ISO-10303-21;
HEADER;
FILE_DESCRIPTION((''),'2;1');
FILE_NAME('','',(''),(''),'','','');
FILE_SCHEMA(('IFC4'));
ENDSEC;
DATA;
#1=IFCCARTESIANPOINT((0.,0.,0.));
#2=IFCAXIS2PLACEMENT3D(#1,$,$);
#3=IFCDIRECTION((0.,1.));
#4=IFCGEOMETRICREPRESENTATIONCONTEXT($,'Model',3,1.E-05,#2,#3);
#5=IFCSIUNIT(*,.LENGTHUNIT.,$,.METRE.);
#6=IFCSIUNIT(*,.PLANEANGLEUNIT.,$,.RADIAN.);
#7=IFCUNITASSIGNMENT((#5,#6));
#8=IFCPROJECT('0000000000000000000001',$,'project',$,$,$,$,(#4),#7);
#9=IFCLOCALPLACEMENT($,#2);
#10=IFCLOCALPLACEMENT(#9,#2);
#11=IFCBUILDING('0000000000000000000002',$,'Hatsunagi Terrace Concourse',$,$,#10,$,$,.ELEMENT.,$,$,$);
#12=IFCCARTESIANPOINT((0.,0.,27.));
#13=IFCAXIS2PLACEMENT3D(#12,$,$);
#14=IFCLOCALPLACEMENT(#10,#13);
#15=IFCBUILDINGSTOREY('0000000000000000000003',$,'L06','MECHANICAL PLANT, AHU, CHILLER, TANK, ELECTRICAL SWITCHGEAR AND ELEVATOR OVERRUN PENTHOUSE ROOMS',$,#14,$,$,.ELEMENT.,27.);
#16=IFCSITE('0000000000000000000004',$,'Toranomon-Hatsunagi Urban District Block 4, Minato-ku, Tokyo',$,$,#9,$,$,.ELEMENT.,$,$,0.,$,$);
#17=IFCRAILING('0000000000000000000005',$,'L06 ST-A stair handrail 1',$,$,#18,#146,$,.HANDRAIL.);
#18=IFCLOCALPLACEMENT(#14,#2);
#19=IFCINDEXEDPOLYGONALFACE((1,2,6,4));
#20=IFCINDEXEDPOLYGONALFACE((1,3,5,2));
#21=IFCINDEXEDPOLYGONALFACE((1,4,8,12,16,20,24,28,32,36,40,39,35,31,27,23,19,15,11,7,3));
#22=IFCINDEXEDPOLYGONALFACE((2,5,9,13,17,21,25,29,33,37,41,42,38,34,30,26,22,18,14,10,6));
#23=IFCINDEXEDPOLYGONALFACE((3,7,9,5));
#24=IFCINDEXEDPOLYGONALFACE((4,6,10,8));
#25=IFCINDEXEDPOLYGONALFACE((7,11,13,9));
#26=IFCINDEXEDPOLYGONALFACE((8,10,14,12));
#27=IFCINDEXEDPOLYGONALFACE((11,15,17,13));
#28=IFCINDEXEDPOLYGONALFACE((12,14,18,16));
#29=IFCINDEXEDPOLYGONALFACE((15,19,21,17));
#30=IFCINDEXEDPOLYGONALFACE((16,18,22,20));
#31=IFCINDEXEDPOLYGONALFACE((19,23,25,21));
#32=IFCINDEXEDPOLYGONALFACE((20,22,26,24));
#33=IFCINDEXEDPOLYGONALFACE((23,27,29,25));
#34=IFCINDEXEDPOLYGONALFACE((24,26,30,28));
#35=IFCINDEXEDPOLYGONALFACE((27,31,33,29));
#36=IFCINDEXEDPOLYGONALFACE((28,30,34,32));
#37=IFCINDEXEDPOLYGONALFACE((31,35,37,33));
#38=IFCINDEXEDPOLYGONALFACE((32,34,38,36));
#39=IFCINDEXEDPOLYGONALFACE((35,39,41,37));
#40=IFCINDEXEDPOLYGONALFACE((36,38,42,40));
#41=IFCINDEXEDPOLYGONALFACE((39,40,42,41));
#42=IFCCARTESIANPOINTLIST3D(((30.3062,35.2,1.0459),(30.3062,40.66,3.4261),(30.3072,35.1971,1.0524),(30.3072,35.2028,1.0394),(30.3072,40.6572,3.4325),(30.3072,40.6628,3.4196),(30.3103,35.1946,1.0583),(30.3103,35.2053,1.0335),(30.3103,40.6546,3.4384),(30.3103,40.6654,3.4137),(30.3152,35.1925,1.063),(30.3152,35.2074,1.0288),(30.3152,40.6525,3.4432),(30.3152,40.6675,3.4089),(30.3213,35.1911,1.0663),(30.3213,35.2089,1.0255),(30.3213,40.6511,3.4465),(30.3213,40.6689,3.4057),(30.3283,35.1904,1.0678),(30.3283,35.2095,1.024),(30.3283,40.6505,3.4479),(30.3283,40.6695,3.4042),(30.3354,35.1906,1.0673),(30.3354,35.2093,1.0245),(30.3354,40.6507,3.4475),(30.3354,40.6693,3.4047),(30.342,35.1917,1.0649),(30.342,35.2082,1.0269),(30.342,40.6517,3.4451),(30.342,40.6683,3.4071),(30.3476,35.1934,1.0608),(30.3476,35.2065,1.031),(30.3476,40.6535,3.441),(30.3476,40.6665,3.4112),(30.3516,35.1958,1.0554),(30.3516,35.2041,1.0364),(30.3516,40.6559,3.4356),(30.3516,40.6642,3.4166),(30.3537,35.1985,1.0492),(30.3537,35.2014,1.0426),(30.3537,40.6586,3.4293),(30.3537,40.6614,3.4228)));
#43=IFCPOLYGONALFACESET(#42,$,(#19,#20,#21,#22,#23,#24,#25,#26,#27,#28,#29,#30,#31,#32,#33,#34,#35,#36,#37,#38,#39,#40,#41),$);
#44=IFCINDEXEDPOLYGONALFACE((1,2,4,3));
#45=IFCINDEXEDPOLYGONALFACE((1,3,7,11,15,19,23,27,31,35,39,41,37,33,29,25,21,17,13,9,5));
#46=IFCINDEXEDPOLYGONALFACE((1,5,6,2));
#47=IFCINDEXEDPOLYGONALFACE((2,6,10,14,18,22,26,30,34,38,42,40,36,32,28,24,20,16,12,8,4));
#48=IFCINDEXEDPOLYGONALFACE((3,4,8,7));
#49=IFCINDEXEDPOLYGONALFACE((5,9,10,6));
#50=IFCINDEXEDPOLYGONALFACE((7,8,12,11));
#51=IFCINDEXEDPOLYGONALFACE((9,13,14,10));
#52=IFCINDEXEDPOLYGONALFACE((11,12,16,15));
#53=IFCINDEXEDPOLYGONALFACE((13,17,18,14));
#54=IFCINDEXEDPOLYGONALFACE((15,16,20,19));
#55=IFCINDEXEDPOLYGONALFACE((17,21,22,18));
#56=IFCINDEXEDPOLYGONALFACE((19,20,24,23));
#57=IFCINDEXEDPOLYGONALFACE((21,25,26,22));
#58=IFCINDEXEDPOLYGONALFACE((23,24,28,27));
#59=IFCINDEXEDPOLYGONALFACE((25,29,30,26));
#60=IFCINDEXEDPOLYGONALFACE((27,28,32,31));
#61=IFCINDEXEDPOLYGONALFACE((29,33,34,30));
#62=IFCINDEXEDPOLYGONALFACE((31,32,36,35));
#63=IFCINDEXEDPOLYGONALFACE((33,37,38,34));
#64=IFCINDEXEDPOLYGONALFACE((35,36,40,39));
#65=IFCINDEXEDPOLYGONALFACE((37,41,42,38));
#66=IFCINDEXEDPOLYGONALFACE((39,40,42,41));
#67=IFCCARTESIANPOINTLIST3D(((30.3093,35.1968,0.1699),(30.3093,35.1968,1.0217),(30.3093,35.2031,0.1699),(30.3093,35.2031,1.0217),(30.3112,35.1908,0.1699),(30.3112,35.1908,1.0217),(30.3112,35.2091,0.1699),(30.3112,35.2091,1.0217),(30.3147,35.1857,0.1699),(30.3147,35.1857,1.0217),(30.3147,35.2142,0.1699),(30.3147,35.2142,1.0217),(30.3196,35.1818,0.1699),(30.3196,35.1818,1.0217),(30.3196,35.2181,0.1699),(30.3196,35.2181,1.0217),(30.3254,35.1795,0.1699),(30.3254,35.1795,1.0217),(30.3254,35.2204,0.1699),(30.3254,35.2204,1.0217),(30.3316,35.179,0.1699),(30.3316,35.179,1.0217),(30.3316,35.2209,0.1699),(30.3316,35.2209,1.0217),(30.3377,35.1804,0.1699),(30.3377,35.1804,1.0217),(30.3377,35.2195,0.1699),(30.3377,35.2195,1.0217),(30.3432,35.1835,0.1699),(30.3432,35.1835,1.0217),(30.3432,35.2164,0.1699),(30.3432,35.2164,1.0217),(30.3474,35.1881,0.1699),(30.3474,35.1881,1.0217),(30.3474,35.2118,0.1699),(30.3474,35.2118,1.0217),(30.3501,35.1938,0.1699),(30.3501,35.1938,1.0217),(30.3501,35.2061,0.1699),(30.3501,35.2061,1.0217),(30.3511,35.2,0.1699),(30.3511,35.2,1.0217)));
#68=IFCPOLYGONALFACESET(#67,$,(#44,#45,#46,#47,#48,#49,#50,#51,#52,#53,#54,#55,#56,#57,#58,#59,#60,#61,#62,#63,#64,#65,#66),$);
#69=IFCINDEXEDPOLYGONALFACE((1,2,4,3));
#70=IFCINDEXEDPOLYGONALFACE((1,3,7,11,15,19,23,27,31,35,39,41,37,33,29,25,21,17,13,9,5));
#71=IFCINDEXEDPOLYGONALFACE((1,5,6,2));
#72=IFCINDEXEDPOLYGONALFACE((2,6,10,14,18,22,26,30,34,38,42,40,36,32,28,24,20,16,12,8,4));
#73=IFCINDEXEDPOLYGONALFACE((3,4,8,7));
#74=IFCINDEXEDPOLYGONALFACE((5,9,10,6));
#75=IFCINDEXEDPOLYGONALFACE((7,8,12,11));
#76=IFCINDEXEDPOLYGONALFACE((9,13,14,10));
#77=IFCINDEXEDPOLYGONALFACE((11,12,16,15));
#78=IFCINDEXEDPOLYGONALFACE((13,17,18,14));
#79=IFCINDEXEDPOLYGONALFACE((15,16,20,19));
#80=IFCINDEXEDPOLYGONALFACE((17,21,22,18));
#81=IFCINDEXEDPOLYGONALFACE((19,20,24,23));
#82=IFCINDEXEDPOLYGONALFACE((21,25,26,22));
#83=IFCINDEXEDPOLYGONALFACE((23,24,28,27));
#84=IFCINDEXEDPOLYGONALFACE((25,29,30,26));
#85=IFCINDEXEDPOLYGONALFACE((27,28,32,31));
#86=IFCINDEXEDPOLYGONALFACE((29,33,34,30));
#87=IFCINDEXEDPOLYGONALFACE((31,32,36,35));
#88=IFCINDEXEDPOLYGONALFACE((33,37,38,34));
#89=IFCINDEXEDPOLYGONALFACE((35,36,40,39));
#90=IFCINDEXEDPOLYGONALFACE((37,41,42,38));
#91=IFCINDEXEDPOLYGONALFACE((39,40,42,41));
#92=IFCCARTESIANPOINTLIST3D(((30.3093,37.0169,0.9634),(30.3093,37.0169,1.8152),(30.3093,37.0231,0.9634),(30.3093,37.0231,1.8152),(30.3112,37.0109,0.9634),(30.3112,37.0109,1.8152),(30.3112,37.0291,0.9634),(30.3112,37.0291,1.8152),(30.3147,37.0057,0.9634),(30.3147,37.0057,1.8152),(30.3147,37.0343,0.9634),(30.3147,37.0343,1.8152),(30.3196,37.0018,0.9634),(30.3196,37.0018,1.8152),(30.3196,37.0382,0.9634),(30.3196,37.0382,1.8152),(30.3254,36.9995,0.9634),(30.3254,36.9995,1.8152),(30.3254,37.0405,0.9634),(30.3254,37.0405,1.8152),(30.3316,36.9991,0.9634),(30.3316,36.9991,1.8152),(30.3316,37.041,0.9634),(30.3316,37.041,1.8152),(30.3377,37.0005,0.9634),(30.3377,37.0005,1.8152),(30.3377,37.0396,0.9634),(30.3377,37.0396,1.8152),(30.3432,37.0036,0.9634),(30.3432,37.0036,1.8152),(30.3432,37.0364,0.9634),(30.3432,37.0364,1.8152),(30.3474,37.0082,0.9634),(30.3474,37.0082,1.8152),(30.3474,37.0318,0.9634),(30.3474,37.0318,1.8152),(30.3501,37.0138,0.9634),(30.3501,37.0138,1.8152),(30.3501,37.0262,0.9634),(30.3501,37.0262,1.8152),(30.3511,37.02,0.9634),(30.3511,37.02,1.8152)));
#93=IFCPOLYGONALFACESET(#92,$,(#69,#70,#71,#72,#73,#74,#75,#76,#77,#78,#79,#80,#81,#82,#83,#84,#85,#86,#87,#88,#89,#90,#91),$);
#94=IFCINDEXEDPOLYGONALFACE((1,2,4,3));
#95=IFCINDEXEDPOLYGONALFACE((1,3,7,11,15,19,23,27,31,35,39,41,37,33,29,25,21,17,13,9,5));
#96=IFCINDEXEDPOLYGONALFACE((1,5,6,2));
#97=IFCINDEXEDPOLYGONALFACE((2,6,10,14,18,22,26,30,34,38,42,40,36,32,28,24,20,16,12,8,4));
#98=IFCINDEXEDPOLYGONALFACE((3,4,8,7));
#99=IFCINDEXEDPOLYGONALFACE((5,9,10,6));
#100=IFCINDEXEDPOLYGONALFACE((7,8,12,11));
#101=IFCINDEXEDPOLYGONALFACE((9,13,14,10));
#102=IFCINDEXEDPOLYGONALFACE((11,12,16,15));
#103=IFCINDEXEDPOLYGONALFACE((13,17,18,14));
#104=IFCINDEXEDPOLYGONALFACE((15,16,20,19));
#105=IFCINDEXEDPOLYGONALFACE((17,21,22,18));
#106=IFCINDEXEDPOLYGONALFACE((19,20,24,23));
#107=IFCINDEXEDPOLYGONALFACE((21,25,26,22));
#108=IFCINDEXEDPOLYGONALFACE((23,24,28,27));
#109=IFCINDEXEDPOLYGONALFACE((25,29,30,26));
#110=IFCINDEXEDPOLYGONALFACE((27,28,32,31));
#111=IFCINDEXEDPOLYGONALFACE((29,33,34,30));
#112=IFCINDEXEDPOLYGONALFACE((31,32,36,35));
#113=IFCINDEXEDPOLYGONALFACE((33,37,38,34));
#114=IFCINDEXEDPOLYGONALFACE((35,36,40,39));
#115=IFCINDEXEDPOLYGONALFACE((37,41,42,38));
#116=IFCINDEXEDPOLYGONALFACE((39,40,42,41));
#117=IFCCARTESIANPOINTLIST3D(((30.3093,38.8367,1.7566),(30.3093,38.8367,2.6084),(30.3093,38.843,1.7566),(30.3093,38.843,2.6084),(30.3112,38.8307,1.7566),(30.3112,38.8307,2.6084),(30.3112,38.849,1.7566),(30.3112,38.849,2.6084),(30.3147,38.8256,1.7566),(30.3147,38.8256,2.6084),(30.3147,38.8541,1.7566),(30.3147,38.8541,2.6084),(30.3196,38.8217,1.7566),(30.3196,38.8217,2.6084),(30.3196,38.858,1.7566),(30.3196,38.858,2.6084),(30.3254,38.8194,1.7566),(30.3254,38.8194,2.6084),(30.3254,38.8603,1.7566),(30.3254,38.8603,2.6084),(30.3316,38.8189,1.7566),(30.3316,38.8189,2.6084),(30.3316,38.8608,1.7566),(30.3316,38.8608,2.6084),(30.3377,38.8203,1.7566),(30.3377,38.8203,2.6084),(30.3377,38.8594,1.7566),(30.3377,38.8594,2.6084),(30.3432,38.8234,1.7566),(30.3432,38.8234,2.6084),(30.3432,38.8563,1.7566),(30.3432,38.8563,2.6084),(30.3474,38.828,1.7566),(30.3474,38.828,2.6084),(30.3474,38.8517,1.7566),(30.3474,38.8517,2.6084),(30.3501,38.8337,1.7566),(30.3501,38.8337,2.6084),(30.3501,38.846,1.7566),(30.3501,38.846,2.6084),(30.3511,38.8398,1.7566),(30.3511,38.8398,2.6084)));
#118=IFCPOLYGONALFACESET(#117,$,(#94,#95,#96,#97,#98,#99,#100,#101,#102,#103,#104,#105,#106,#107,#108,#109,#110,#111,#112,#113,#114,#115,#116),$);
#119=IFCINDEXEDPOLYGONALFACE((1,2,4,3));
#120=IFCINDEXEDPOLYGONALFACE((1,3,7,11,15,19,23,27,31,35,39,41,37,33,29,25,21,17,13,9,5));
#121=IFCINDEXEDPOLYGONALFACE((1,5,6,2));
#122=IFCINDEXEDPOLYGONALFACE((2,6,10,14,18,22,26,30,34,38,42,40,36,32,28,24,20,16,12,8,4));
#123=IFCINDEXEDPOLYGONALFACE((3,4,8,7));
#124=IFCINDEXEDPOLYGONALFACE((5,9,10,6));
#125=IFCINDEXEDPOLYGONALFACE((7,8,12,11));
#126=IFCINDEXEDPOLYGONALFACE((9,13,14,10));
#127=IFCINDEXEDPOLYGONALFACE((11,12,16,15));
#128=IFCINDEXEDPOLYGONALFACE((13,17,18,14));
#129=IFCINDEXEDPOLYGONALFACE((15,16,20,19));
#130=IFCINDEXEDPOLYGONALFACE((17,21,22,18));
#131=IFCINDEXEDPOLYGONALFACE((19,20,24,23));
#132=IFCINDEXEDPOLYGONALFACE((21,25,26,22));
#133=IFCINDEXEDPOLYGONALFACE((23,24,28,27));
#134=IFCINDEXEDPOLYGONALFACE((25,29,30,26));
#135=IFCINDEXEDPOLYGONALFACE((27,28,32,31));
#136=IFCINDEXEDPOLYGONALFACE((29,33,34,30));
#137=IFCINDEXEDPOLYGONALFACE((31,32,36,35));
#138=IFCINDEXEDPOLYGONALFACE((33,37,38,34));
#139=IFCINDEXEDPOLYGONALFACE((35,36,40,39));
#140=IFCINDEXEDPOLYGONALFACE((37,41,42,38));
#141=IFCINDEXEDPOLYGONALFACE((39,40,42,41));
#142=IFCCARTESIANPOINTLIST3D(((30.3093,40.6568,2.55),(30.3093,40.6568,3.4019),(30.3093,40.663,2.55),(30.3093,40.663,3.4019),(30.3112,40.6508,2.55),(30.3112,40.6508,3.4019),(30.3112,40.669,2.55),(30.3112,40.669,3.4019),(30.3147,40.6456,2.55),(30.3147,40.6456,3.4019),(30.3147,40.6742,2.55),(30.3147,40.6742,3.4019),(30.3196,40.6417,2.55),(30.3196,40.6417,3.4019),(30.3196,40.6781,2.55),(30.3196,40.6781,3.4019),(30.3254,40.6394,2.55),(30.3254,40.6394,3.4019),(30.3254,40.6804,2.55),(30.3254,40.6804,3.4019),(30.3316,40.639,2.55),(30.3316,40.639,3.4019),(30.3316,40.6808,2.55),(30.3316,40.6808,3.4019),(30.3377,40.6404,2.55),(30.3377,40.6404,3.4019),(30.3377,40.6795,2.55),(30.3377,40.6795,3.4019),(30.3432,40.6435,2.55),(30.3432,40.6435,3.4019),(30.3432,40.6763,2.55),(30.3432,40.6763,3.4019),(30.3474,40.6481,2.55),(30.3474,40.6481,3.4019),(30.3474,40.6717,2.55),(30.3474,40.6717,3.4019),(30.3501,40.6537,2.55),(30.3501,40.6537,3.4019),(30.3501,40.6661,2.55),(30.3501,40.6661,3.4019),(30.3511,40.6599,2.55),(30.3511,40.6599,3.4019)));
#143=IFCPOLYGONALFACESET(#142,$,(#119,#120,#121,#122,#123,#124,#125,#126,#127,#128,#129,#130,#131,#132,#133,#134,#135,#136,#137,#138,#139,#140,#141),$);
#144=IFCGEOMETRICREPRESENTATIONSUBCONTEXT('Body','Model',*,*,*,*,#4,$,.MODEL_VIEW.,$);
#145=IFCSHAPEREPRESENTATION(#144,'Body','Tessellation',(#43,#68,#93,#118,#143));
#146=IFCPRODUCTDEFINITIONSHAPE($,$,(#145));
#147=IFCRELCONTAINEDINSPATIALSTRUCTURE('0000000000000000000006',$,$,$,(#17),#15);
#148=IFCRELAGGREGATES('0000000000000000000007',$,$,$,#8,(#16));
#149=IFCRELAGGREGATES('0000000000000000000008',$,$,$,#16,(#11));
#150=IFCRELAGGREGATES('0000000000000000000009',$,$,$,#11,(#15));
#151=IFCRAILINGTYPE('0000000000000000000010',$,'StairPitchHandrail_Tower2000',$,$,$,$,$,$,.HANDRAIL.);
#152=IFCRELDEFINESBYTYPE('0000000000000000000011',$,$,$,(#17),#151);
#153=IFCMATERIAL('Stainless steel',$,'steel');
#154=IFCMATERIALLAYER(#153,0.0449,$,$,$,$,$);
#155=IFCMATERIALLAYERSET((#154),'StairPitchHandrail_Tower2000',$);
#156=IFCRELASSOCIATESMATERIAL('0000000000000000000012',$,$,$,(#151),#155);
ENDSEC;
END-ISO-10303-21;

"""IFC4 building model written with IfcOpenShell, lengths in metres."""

from ifc_helpers import new_model, si_unit, direction, frame, origin, origin_2d, place, context, subcontext, project, spatial, circle, extrude, material, layer, layer_set, type_object, element, save


model = new_model("IFC4")

# Units and contexts
model_context = context("Model", 3, precision=1e-05, world=origin(), true_north=direction((0.0, 1.0)))
body_context = subcontext(model_context, "Body", "Model", "MODEL_VIEW")
ifc_project = project(units=[si_unit("LENGTHUNIT", "METRE"), si_unit("PLANEANGLEUNIT", "RADIAN")], contexts=[model_context])

# Site, building, storey
site_placement = place(None, origin())
site = spatial("IfcSite", under=ifc_project, at=site_placement, Name="Toranomon-Hatsunagi Urban District Block 4, Minato-ku, Tokyo", CompositionType="ELEMENT", RefElevation=0.0)
building_placement = place(site_placement, origin())
building = spatial("IfcBuilding", under=site, at=building_placement, Name="Hatsunagi Terrace Concourse", CompositionType="ELEMENT")
storey_placement = place(building_placement, frame((0.0, 0.0, 27.0)))
storey = spatial("IfcBuildingStorey", under=building, at=storey_placement, Name="L06", Description="MECHANICAL PLANT, AHU, CHILLER, TANK, ELECTRICAL SWITCHGEAR AND ELEVATOR OVERRUN PENTHOUSE ROOMS", CompositionType="ELEMENT", Elevation=27.0)

# Railing
ifc_material_1 = material(Name="Stainless steel", Category="steel")
ifc_layer_1 = layer(ifc_material_1, 0.0449)
ifc_layer_set_1 = layer_set([ifc_layer_1], Name="StairPitchHandrail_Tower2000")
railing_type_1 = type_object("IfcRailingType", Name="StairPitchHandrail_Tower2000", PredefinedType="HANDRAIL", material=ifc_layer_set_1)
railing_1_placement = place(storey_placement, frame((30.3301, 35.2, 0.1699)))
element("IfcRailing", 1, at=railing_1_placement, inside=storey, type_object=railing_type_1, Name="L06 ST-A stair handrail 1", PredefinedType="HANDRAIL", context=body_context, shape_type="SweptSolid", body=[
    extrude(circle(Radius=0.0239, at=origin_2d()), frame((0.0, 0.0, 0.876), z_axis=(0.0, 0.916687, 0.399606), x_axis=(-1.0, 0.0, 0.0)), (0.0, 0.0, 1.0), 5.9563),
    extrude(circle(Radius=0.021, at=origin_2d()), origin(), (0.0, 0.0, 1.0), 0.8518),
    extrude(circle(Radius=0.021, at=origin_2d()), frame((0.0, 1.8201, 0.7935)), (0.0, 0.0, 1.0), 0.8518),
    extrude(circle(Radius=0.021, at=origin_2d()), frame((0.0, 3.6399, 1.5867)), (0.0, 0.0, 1.0), 0.8518),
    extrude(circle(Radius=0.021, at=origin_2d()), frame((0.0, 5.46, 2.3801)), (0.0, 0.0, 1.0), 0.8518),
])

save(model, "model.ifc")
